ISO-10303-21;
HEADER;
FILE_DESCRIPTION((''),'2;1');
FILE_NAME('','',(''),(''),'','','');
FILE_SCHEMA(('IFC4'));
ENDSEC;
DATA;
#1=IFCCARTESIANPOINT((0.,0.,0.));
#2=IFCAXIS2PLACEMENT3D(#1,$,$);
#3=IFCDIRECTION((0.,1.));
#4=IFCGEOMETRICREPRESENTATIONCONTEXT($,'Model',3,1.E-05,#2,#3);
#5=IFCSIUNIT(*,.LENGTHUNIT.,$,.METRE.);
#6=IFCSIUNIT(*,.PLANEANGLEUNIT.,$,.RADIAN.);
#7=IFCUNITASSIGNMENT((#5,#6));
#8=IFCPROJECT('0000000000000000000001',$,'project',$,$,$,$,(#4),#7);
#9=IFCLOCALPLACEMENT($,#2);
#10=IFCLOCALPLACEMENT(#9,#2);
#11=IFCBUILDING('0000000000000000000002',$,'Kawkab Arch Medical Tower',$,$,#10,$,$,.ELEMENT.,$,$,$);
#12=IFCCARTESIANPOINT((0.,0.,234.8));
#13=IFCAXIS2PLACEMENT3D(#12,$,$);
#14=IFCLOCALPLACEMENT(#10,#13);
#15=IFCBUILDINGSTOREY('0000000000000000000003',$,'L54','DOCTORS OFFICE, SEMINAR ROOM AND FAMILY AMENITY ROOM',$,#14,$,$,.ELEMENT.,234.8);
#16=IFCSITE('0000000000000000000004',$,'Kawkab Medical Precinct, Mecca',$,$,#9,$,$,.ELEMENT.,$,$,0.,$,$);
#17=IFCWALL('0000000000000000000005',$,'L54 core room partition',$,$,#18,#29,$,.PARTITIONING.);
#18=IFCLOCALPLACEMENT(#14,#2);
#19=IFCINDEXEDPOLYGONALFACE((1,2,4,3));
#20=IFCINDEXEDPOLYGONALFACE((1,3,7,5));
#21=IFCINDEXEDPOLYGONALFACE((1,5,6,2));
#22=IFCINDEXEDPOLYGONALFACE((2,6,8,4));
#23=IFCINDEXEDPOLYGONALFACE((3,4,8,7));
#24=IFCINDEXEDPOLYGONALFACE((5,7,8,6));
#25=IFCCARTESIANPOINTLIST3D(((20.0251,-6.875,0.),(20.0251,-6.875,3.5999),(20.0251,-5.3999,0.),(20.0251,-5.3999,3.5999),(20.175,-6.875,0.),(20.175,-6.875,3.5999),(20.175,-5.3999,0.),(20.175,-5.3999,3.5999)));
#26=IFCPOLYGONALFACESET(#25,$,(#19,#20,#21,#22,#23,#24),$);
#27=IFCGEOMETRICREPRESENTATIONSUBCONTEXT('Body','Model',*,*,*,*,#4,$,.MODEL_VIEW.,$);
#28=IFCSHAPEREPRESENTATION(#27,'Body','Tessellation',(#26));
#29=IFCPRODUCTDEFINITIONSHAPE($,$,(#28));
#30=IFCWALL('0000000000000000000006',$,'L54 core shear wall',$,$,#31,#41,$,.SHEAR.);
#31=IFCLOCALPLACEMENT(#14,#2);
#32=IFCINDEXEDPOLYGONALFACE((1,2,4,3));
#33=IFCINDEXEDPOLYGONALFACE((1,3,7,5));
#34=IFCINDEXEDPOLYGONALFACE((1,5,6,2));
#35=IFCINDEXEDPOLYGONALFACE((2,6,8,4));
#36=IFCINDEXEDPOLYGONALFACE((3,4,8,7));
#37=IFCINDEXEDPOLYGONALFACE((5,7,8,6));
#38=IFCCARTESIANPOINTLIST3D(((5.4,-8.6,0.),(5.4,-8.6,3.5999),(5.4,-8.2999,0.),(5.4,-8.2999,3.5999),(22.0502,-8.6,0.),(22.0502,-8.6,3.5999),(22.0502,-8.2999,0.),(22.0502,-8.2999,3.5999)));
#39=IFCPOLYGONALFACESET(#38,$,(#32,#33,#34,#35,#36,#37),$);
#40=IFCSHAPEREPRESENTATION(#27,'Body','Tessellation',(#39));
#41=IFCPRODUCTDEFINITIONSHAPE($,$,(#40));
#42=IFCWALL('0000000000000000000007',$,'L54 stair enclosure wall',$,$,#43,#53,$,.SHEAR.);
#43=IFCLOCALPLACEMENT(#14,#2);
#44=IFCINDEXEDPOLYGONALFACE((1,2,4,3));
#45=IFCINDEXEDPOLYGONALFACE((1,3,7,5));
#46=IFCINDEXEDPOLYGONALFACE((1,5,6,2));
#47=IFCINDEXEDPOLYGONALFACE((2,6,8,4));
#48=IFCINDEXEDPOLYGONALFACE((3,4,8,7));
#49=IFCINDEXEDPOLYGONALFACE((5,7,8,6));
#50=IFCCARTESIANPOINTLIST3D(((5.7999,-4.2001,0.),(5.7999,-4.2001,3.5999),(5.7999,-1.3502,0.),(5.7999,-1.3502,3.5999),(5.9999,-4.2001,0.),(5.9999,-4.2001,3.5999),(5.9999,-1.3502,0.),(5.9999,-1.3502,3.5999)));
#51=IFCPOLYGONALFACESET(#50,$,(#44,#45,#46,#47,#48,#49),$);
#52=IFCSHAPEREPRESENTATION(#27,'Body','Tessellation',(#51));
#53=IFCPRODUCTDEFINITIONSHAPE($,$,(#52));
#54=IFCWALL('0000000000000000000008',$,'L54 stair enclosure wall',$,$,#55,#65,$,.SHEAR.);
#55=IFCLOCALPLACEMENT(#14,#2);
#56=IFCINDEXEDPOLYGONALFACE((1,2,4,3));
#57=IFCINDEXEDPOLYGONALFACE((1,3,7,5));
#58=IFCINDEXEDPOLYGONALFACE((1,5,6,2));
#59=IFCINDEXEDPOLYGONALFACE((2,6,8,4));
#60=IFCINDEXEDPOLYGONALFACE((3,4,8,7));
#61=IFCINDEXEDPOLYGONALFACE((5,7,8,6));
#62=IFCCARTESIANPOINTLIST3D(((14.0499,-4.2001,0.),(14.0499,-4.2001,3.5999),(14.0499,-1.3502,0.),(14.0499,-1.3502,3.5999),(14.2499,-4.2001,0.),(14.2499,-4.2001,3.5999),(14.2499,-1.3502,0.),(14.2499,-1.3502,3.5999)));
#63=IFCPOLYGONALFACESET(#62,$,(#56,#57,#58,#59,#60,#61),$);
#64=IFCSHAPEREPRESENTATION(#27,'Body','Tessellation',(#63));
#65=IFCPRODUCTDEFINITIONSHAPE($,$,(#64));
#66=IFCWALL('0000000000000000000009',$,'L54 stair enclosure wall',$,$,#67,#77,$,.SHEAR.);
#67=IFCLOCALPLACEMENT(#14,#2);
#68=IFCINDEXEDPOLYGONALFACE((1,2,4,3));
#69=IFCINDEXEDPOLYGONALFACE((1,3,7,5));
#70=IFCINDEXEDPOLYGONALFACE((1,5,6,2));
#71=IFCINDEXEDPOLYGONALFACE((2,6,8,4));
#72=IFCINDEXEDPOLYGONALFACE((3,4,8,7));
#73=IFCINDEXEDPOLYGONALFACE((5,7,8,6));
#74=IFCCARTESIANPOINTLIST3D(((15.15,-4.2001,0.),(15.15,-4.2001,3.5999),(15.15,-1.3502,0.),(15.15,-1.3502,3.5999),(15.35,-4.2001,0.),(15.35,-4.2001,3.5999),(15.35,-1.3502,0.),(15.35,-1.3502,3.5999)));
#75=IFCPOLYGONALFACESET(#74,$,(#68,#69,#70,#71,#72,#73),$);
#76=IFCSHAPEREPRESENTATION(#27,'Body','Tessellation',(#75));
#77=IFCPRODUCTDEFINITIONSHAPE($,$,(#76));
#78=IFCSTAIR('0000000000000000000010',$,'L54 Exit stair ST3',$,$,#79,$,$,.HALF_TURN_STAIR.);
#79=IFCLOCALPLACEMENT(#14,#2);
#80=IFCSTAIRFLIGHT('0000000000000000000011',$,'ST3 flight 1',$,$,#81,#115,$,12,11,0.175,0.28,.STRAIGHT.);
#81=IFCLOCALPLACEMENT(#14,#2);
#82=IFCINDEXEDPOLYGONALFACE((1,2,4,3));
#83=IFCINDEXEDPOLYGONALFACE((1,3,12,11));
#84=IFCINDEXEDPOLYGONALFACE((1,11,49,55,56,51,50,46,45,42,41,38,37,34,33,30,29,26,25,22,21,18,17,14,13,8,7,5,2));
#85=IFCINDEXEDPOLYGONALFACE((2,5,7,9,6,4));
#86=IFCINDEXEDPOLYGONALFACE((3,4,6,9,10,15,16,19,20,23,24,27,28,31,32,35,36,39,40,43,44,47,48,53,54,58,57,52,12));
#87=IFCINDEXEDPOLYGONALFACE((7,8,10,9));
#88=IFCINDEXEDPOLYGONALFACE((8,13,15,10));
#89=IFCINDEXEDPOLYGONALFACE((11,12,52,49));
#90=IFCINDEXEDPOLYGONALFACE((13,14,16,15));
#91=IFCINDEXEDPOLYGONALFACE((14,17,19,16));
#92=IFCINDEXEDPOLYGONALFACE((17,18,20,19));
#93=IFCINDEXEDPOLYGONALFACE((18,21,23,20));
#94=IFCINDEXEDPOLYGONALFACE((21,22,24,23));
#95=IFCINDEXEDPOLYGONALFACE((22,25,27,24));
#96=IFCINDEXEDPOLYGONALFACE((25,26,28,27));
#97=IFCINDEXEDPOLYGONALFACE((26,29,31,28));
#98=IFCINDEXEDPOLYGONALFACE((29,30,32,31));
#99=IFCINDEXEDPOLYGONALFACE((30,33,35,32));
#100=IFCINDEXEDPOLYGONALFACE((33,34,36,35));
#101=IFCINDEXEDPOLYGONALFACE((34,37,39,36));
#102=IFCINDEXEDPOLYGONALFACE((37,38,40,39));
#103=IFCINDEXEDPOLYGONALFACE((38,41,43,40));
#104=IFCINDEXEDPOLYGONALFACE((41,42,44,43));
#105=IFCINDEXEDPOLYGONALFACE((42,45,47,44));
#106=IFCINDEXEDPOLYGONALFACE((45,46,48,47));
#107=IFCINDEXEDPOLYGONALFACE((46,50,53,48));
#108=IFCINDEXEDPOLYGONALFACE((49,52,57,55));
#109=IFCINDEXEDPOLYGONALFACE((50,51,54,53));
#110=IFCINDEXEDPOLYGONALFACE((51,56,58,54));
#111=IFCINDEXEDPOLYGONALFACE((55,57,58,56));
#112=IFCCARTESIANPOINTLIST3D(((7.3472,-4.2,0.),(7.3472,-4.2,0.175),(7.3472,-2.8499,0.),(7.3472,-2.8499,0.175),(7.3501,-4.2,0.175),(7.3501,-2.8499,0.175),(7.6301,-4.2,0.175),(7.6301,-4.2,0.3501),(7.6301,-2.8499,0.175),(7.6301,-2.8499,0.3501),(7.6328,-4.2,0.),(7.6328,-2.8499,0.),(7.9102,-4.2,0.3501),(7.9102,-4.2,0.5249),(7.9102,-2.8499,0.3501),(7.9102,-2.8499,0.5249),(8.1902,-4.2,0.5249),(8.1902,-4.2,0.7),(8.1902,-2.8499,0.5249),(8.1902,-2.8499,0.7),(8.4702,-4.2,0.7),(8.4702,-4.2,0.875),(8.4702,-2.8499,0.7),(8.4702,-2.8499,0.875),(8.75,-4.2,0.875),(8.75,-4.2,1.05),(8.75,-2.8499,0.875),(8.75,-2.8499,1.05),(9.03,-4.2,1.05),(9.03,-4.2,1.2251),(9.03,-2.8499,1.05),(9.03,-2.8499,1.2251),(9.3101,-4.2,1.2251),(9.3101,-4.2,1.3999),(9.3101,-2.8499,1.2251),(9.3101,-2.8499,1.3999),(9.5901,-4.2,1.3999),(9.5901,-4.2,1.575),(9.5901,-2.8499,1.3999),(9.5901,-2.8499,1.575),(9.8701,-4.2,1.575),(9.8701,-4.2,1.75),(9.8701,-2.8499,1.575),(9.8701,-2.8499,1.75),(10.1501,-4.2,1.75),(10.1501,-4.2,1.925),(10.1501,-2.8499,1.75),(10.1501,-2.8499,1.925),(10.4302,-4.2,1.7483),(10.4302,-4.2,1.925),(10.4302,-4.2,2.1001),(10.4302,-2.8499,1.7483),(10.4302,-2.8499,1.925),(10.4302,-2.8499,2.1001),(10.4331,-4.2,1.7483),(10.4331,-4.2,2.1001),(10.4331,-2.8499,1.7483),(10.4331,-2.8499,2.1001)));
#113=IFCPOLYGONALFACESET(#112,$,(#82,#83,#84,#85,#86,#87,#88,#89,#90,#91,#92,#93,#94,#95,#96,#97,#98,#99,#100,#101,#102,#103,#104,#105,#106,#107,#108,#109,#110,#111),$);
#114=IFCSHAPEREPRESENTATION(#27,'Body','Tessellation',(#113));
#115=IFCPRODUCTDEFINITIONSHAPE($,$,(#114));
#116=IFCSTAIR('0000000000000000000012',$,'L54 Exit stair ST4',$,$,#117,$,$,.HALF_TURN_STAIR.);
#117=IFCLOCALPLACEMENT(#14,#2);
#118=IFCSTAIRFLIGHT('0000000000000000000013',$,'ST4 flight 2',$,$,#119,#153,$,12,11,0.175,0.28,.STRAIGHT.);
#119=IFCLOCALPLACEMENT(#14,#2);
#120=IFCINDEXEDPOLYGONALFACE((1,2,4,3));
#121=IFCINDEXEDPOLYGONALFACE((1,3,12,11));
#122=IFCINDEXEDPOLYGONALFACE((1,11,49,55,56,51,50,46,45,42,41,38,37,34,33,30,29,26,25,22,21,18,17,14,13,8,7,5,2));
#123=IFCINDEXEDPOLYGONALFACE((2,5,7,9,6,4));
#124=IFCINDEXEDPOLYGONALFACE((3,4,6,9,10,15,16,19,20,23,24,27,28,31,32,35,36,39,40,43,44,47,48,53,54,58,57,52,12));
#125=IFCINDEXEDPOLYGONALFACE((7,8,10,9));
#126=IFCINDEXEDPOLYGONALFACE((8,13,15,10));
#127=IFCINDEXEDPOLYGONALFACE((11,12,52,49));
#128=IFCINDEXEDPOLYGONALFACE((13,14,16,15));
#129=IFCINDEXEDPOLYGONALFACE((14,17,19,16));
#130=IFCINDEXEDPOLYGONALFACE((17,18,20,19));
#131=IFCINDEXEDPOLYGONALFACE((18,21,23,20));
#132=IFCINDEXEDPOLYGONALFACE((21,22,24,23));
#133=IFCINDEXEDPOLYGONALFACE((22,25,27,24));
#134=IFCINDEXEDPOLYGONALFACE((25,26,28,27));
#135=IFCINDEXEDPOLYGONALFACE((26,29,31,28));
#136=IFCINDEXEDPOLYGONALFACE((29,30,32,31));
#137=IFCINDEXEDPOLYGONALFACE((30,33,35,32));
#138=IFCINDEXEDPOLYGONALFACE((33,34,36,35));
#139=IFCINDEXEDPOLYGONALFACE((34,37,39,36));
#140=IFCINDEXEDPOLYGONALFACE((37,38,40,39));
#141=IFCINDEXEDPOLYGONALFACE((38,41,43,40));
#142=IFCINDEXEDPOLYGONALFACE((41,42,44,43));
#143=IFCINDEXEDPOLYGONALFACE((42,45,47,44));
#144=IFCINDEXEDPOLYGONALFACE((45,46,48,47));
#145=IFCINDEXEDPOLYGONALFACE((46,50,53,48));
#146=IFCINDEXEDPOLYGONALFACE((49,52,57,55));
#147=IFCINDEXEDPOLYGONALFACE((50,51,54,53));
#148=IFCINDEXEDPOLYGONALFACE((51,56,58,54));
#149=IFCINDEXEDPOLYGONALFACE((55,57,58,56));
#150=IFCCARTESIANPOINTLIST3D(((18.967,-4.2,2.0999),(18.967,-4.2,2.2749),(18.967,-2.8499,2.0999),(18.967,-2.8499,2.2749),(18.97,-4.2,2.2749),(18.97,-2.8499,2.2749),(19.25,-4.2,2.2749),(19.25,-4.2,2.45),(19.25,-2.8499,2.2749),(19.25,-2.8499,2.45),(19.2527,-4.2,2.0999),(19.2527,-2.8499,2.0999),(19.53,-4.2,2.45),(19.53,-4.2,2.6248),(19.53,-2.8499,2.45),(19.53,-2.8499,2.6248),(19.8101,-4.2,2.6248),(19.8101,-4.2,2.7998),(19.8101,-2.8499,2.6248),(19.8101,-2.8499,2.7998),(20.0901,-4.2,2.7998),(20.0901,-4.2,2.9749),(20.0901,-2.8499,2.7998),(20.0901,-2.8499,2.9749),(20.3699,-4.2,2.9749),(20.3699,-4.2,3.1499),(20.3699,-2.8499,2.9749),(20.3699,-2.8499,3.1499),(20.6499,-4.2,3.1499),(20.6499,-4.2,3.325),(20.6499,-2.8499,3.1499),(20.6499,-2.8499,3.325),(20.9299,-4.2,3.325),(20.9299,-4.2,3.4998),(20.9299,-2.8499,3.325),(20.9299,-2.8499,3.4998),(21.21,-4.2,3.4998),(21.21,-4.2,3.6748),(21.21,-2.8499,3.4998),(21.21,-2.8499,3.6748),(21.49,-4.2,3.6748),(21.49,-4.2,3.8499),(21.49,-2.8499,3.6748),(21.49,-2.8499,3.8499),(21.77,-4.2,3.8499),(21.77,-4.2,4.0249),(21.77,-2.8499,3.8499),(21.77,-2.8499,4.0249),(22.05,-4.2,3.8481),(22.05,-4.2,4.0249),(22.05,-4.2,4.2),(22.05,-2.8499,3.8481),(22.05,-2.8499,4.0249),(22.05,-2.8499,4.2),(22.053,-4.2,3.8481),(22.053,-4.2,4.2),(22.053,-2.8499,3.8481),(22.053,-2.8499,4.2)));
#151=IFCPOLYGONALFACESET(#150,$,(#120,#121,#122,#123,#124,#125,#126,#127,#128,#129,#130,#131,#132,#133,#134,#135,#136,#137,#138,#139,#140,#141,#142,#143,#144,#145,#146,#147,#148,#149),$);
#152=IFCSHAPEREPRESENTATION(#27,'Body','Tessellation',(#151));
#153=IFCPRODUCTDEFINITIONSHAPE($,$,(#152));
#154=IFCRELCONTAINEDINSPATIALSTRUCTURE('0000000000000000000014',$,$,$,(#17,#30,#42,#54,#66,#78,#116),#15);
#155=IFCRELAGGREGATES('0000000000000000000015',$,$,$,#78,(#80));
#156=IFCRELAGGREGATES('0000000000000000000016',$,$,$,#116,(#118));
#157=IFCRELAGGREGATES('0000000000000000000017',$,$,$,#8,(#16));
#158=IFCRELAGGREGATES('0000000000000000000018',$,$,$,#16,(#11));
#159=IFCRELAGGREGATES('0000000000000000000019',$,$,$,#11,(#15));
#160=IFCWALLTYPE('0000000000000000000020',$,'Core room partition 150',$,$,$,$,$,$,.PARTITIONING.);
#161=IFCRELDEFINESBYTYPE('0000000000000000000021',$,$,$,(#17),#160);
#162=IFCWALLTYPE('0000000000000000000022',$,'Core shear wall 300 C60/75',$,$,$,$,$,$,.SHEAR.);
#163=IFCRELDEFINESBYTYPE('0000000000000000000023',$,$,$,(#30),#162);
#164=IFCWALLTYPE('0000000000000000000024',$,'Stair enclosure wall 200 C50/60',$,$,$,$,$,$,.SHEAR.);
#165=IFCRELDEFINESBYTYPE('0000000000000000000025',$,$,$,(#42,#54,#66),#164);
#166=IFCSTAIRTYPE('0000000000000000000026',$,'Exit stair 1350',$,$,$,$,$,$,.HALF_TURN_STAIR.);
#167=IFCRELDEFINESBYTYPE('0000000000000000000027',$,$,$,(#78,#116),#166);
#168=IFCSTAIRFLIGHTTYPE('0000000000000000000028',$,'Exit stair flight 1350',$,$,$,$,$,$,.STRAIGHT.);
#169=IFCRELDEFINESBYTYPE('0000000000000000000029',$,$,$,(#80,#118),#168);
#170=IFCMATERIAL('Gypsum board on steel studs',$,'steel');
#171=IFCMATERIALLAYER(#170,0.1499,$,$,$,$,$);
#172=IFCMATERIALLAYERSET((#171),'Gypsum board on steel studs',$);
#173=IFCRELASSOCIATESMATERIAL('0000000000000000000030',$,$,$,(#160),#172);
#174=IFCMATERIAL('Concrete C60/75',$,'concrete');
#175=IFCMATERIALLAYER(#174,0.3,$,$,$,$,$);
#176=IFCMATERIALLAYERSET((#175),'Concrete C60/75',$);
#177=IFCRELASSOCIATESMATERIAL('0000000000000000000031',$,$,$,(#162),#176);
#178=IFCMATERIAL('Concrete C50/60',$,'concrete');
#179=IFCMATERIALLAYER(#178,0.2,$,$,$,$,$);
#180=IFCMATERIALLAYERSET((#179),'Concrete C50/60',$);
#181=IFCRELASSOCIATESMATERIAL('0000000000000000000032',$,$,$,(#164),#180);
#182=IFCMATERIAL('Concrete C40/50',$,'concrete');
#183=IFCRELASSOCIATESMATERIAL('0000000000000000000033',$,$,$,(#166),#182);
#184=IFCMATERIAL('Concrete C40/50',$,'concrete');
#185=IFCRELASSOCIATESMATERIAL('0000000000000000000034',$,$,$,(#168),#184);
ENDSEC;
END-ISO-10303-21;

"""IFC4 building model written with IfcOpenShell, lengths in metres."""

from ifc_helpers import new_model, si_unit, direction, frame, frame_2d, origin, place, context, subcontext, project, spatial, polyline, rectangle, outline, extrude, material, layer, layer_set, type_object, element, aggregate, save


model = new_model("IFC4")

# Units and contexts
model_context = context("Model", 3, precision=1e-05, world=origin(), true_north=direction((0.0, 1.0)))
body_context = subcontext(model_context, "Body", "Model", "MODEL_VIEW")
ifc_project = project(units=[si_unit("LENGTHUNIT", "METRE"), si_unit("PLANEANGLEUNIT", "RADIAN")], contexts=[model_context])

# Site, building, storey
site_placement = place(None, origin())
site = spatial("IfcSite", under=ifc_project, at=site_placement, Name="Kawkab Medical Precinct, Mecca", CompositionType="ELEMENT", RefElevation=0.0)
building_placement = place(site_placement, origin())
building = spatial("IfcBuilding", under=site, at=building_placement, Name="Kawkab Arch Medical Tower", CompositionType="ELEMENT")
storey_placement = place(building_placement, frame((0.0, 0.0, 234.8)))
storey = spatial("IfcBuildingStorey", under=building, at=storey_placement, Name="L54", Description="DOCTORS OFFICE, SEMINAR ROOM AND FAMILY AMENITY ROOM", CompositionType="ELEMENT", Elevation=234.8)

# Shared definitions
ifc_material_1 = material(Name="Gypsum board on steel studs", Category="steel")
ifc_layer_1 = layer(ifc_material_1, 0.1499)
ifc_layer_set_1 = layer_set([ifc_layer_1], Name="Gypsum board on steel studs")
wall_type_1 = type_object("IfcWallType", Name="Core room partition 150", PredefinedType="PARTITIONING", material=ifc_layer_set_1)

# Walls
for number, where, z_axis, x_axis, name in (
    (1, (20.1001, -6.875, 0.0), (0.0, 0.0, 1.0), (0.0, 1.0, 0.0), "L54 core room partition"),
):
    element("IfcWall", number, at=place(storey_placement, frame(where, z_axis=z_axis, x_axis=x_axis)), inside=storey, type_object=wall_type_1, Name=name, PredefinedType="PARTITIONING", context=body_context, shape_type="SweptSolid", body=[
        extrude(rectangle(XDim=1.4751, YDim=0.1499, at=frame_2d((0.7375, 0.0))), origin(), (0.0, 0.0, 1.0), 3.5999),
    ])
ifc_material_2 = material(Name="Concrete C60/75", Category="concrete")
ifc_layer_2 = layer(ifc_material_2, 0.3)
ifc_layer_set_2 = layer_set([ifc_layer_2], Name="Concrete C60/75")
wall_type_2 = type_object("IfcWallType", Name="Core shear wall 300 C60/75", PredefinedType="SHEAR", material=ifc_layer_set_2)
wall_1_placement = place(storey_placement, frame((5.3999, -8.45, 0.0), z_axis=(0.0, 0.0, 1.0), x_axis=(1.0, 0.0, 0.0)))
element("IfcWall", 2, at=wall_1_placement, inside=storey, type_object=wall_type_2, Name="L54 core shear wall", PredefinedType="SHEAR", context=body_context, shape_type="SweptSolid", body=[
    extrude(rectangle(XDim=16.6501, YDim=0.3, at=frame_2d((8.3252, 0.0))), origin(), (0.0, 0.0, 1.0), 3.5999),
])
ifc_material_3 = material(Name="Concrete C50/60", Category="concrete")
ifc_layer_3 = layer(ifc_material_3, 0.2)
ifc_layer_set_3 = layer_set([ifc_layer_3], Name="Concrete C50/60")
wall_type_3 = type_object("IfcWallType", Name="Stair enclosure wall 200 C50/60", PredefinedType="SHEAR", material=ifc_layer_set_3)
for number, where, z_axis, x_axis, name in (
    (3, (5.8999, -4.2, 0.0), (0.0, 0.0, 1.0), (0.0, 1.0, 0.0), "L54 stair enclosure wall"),
    (4, (14.1499, -4.2, 0.0), (0.0, 0.0, 1.0), (0.0, 1.0, 0.0), "L54 stair enclosure wall"),
    (5, (15.25, -4.2, 0.0), (0.0, 0.0, 1.0), (0.0, 1.0, 0.0), "L54 stair enclosure wall"),
):
    element("IfcWall", number, at=place(storey_placement, frame(where, z_axis=z_axis, x_axis=x_axis)), inside=storey, type_object=wall_type_3, Name=name, PredefinedType="SHEAR", context=body_context, shape_type="SweptSolid", body=[
        extrude(rectangle(XDim=2.8499, YDim=0.2, at=frame_2d((1.4248, 0.0))), origin(), (0.0, 0.0, 1.0), 3.5999),
    ])

# Stairs, stair flights
ifc_material_4 = material(Name="Concrete C40/50", Category="concrete")
stair_type = type_object("IfcStairType", Name="Exit stair 1350", PredefinedType="HALF_TURN_STAIR", material=ifc_material_4)
placement = place(storey_placement, origin())
stair_1 = element("IfcStair", 6, at=placement, inside=storey, type_object=stair_type, Name="L54 Exit stair ST3", PredefinedType="HALF_TURN_STAIR")
ifc_material_5 = material(Name="Concrete C40/50", Category="concrete")
stair_flight_type = type_object("IfcStairFlightType", Name="Exit stair flight 1350", PredefinedType="STRAIGHT", material=ifc_material_5)
stair_flight_1_placement = place(storey_placement, frame((7.3501, -3.5249, 0.0), z_axis=(0.0, 0.0, 1.0), x_axis=(1.0, 0.0, 0.0)))
stair_flight_1 = element("IfcStairFlight", 7, at=stair_flight_1_placement, type_object=stair_flight_type, Name="ST3 flight 1", NumberOfRisers=12, NumberOfTreads=11, PredefinedType="STRAIGHT", RiserHeight=0.175, TreadLength=0.28, context=body_context, shape_type="SweptSolid", body=[
    extrude(outline(polyline([(-0.0029, 0.0), (-0.0029, 0.175), (0.0, 0.175), (0.28, 0.175), (0.28, 0.3501), (0.5601, 0.3501), (0.5601, 0.5249), (0.8401, 0.5249), (0.8401, 0.7), (1.1201, 0.7), (1.1201, 0.875), (1.3999, 0.875), (1.3999, 1.05), (1.6799, 1.05), (1.6799, 1.2251), (1.96, 1.2251), (1.96, 1.3999), (2.24, 1.3999), (2.24, 1.575), (2.52, 1.575), (2.52, 1.75), (2.8, 1.75), (2.8, 1.925), (3.0801, 1.925), (3.0801, 2.1001), (3.083, 2.1001), (3.083, 1.7483), (3.0801, 1.7483), (0.2827, 0.0), (-0.0029, 0.0)])), frame((0.0, 0.675, 0.0), z_axis=(0.0, -1.0, 0.0), x_axis=(1.0, 0.0, 0.0)), (0.0, 0.0, 1.0), 1.3501),
])
aggregate(stair_1, [stair_flight_1])
stair_2 = element("IfcStair", 8, at=placement, inside=storey, type_object=stair_type, Name="L54 Exit stair ST4", PredefinedType="HALF_TURN_STAIR")
stair_flight_2_placement = place(storey_placement, frame((18.97, -3.5249, 2.0999), z_axis=(0.0, 0.0, 1.0), x_axis=(1.0, 0.0, 0.0)))
stair_flight_2 = element("IfcStairFlight", 9, at=stair_flight_2_placement, type_object=stair_flight_type, Name="ST4 flight 2", NumberOfRisers=12, NumberOfTreads=11, PredefinedType="STRAIGHT", RiserHeight=0.175, TreadLength=0.28, context=body_context, shape_type="SweptSolid", body=[
    extrude(outline(polyline([(-0.0029, 0.0), (-0.0029, 0.175), (0.0, 0.175), (0.28, 0.175), (0.28, 0.3501), (0.5601, 0.3501), (0.5601, 0.5249), (0.8401, 0.5249), (0.8401, 0.7), (1.1201, 0.7), (1.1201, 0.875), (1.3999, 0.875), (1.3999, 1.05), (1.6799, 1.05), (1.6799, 1.2251), (1.96, 1.2251), (1.96, 1.3999), (2.24, 1.3999), (2.24, 1.575), (2.52, 1.575), (2.52, 1.75), (2.8, 1.75), (2.8, 1.925), (3.0801, 1.925), (3.0801, 2.1001), (3.083, 2.1001), (3.083, 1.7483), (3.0801, 1.7483), (0.2827, 0.0), (-0.0029, 0.0)])), frame((0.0, 0.675, 0.0), z_axis=(0.0, -1.0, 0.0), x_axis=(1.0, 0.0, 0.0)), (0.0, 0.0, 1.0), 1.3501),
])
aggregate(stair_2, [stair_flight_2])

save(model, "model.ifc")
